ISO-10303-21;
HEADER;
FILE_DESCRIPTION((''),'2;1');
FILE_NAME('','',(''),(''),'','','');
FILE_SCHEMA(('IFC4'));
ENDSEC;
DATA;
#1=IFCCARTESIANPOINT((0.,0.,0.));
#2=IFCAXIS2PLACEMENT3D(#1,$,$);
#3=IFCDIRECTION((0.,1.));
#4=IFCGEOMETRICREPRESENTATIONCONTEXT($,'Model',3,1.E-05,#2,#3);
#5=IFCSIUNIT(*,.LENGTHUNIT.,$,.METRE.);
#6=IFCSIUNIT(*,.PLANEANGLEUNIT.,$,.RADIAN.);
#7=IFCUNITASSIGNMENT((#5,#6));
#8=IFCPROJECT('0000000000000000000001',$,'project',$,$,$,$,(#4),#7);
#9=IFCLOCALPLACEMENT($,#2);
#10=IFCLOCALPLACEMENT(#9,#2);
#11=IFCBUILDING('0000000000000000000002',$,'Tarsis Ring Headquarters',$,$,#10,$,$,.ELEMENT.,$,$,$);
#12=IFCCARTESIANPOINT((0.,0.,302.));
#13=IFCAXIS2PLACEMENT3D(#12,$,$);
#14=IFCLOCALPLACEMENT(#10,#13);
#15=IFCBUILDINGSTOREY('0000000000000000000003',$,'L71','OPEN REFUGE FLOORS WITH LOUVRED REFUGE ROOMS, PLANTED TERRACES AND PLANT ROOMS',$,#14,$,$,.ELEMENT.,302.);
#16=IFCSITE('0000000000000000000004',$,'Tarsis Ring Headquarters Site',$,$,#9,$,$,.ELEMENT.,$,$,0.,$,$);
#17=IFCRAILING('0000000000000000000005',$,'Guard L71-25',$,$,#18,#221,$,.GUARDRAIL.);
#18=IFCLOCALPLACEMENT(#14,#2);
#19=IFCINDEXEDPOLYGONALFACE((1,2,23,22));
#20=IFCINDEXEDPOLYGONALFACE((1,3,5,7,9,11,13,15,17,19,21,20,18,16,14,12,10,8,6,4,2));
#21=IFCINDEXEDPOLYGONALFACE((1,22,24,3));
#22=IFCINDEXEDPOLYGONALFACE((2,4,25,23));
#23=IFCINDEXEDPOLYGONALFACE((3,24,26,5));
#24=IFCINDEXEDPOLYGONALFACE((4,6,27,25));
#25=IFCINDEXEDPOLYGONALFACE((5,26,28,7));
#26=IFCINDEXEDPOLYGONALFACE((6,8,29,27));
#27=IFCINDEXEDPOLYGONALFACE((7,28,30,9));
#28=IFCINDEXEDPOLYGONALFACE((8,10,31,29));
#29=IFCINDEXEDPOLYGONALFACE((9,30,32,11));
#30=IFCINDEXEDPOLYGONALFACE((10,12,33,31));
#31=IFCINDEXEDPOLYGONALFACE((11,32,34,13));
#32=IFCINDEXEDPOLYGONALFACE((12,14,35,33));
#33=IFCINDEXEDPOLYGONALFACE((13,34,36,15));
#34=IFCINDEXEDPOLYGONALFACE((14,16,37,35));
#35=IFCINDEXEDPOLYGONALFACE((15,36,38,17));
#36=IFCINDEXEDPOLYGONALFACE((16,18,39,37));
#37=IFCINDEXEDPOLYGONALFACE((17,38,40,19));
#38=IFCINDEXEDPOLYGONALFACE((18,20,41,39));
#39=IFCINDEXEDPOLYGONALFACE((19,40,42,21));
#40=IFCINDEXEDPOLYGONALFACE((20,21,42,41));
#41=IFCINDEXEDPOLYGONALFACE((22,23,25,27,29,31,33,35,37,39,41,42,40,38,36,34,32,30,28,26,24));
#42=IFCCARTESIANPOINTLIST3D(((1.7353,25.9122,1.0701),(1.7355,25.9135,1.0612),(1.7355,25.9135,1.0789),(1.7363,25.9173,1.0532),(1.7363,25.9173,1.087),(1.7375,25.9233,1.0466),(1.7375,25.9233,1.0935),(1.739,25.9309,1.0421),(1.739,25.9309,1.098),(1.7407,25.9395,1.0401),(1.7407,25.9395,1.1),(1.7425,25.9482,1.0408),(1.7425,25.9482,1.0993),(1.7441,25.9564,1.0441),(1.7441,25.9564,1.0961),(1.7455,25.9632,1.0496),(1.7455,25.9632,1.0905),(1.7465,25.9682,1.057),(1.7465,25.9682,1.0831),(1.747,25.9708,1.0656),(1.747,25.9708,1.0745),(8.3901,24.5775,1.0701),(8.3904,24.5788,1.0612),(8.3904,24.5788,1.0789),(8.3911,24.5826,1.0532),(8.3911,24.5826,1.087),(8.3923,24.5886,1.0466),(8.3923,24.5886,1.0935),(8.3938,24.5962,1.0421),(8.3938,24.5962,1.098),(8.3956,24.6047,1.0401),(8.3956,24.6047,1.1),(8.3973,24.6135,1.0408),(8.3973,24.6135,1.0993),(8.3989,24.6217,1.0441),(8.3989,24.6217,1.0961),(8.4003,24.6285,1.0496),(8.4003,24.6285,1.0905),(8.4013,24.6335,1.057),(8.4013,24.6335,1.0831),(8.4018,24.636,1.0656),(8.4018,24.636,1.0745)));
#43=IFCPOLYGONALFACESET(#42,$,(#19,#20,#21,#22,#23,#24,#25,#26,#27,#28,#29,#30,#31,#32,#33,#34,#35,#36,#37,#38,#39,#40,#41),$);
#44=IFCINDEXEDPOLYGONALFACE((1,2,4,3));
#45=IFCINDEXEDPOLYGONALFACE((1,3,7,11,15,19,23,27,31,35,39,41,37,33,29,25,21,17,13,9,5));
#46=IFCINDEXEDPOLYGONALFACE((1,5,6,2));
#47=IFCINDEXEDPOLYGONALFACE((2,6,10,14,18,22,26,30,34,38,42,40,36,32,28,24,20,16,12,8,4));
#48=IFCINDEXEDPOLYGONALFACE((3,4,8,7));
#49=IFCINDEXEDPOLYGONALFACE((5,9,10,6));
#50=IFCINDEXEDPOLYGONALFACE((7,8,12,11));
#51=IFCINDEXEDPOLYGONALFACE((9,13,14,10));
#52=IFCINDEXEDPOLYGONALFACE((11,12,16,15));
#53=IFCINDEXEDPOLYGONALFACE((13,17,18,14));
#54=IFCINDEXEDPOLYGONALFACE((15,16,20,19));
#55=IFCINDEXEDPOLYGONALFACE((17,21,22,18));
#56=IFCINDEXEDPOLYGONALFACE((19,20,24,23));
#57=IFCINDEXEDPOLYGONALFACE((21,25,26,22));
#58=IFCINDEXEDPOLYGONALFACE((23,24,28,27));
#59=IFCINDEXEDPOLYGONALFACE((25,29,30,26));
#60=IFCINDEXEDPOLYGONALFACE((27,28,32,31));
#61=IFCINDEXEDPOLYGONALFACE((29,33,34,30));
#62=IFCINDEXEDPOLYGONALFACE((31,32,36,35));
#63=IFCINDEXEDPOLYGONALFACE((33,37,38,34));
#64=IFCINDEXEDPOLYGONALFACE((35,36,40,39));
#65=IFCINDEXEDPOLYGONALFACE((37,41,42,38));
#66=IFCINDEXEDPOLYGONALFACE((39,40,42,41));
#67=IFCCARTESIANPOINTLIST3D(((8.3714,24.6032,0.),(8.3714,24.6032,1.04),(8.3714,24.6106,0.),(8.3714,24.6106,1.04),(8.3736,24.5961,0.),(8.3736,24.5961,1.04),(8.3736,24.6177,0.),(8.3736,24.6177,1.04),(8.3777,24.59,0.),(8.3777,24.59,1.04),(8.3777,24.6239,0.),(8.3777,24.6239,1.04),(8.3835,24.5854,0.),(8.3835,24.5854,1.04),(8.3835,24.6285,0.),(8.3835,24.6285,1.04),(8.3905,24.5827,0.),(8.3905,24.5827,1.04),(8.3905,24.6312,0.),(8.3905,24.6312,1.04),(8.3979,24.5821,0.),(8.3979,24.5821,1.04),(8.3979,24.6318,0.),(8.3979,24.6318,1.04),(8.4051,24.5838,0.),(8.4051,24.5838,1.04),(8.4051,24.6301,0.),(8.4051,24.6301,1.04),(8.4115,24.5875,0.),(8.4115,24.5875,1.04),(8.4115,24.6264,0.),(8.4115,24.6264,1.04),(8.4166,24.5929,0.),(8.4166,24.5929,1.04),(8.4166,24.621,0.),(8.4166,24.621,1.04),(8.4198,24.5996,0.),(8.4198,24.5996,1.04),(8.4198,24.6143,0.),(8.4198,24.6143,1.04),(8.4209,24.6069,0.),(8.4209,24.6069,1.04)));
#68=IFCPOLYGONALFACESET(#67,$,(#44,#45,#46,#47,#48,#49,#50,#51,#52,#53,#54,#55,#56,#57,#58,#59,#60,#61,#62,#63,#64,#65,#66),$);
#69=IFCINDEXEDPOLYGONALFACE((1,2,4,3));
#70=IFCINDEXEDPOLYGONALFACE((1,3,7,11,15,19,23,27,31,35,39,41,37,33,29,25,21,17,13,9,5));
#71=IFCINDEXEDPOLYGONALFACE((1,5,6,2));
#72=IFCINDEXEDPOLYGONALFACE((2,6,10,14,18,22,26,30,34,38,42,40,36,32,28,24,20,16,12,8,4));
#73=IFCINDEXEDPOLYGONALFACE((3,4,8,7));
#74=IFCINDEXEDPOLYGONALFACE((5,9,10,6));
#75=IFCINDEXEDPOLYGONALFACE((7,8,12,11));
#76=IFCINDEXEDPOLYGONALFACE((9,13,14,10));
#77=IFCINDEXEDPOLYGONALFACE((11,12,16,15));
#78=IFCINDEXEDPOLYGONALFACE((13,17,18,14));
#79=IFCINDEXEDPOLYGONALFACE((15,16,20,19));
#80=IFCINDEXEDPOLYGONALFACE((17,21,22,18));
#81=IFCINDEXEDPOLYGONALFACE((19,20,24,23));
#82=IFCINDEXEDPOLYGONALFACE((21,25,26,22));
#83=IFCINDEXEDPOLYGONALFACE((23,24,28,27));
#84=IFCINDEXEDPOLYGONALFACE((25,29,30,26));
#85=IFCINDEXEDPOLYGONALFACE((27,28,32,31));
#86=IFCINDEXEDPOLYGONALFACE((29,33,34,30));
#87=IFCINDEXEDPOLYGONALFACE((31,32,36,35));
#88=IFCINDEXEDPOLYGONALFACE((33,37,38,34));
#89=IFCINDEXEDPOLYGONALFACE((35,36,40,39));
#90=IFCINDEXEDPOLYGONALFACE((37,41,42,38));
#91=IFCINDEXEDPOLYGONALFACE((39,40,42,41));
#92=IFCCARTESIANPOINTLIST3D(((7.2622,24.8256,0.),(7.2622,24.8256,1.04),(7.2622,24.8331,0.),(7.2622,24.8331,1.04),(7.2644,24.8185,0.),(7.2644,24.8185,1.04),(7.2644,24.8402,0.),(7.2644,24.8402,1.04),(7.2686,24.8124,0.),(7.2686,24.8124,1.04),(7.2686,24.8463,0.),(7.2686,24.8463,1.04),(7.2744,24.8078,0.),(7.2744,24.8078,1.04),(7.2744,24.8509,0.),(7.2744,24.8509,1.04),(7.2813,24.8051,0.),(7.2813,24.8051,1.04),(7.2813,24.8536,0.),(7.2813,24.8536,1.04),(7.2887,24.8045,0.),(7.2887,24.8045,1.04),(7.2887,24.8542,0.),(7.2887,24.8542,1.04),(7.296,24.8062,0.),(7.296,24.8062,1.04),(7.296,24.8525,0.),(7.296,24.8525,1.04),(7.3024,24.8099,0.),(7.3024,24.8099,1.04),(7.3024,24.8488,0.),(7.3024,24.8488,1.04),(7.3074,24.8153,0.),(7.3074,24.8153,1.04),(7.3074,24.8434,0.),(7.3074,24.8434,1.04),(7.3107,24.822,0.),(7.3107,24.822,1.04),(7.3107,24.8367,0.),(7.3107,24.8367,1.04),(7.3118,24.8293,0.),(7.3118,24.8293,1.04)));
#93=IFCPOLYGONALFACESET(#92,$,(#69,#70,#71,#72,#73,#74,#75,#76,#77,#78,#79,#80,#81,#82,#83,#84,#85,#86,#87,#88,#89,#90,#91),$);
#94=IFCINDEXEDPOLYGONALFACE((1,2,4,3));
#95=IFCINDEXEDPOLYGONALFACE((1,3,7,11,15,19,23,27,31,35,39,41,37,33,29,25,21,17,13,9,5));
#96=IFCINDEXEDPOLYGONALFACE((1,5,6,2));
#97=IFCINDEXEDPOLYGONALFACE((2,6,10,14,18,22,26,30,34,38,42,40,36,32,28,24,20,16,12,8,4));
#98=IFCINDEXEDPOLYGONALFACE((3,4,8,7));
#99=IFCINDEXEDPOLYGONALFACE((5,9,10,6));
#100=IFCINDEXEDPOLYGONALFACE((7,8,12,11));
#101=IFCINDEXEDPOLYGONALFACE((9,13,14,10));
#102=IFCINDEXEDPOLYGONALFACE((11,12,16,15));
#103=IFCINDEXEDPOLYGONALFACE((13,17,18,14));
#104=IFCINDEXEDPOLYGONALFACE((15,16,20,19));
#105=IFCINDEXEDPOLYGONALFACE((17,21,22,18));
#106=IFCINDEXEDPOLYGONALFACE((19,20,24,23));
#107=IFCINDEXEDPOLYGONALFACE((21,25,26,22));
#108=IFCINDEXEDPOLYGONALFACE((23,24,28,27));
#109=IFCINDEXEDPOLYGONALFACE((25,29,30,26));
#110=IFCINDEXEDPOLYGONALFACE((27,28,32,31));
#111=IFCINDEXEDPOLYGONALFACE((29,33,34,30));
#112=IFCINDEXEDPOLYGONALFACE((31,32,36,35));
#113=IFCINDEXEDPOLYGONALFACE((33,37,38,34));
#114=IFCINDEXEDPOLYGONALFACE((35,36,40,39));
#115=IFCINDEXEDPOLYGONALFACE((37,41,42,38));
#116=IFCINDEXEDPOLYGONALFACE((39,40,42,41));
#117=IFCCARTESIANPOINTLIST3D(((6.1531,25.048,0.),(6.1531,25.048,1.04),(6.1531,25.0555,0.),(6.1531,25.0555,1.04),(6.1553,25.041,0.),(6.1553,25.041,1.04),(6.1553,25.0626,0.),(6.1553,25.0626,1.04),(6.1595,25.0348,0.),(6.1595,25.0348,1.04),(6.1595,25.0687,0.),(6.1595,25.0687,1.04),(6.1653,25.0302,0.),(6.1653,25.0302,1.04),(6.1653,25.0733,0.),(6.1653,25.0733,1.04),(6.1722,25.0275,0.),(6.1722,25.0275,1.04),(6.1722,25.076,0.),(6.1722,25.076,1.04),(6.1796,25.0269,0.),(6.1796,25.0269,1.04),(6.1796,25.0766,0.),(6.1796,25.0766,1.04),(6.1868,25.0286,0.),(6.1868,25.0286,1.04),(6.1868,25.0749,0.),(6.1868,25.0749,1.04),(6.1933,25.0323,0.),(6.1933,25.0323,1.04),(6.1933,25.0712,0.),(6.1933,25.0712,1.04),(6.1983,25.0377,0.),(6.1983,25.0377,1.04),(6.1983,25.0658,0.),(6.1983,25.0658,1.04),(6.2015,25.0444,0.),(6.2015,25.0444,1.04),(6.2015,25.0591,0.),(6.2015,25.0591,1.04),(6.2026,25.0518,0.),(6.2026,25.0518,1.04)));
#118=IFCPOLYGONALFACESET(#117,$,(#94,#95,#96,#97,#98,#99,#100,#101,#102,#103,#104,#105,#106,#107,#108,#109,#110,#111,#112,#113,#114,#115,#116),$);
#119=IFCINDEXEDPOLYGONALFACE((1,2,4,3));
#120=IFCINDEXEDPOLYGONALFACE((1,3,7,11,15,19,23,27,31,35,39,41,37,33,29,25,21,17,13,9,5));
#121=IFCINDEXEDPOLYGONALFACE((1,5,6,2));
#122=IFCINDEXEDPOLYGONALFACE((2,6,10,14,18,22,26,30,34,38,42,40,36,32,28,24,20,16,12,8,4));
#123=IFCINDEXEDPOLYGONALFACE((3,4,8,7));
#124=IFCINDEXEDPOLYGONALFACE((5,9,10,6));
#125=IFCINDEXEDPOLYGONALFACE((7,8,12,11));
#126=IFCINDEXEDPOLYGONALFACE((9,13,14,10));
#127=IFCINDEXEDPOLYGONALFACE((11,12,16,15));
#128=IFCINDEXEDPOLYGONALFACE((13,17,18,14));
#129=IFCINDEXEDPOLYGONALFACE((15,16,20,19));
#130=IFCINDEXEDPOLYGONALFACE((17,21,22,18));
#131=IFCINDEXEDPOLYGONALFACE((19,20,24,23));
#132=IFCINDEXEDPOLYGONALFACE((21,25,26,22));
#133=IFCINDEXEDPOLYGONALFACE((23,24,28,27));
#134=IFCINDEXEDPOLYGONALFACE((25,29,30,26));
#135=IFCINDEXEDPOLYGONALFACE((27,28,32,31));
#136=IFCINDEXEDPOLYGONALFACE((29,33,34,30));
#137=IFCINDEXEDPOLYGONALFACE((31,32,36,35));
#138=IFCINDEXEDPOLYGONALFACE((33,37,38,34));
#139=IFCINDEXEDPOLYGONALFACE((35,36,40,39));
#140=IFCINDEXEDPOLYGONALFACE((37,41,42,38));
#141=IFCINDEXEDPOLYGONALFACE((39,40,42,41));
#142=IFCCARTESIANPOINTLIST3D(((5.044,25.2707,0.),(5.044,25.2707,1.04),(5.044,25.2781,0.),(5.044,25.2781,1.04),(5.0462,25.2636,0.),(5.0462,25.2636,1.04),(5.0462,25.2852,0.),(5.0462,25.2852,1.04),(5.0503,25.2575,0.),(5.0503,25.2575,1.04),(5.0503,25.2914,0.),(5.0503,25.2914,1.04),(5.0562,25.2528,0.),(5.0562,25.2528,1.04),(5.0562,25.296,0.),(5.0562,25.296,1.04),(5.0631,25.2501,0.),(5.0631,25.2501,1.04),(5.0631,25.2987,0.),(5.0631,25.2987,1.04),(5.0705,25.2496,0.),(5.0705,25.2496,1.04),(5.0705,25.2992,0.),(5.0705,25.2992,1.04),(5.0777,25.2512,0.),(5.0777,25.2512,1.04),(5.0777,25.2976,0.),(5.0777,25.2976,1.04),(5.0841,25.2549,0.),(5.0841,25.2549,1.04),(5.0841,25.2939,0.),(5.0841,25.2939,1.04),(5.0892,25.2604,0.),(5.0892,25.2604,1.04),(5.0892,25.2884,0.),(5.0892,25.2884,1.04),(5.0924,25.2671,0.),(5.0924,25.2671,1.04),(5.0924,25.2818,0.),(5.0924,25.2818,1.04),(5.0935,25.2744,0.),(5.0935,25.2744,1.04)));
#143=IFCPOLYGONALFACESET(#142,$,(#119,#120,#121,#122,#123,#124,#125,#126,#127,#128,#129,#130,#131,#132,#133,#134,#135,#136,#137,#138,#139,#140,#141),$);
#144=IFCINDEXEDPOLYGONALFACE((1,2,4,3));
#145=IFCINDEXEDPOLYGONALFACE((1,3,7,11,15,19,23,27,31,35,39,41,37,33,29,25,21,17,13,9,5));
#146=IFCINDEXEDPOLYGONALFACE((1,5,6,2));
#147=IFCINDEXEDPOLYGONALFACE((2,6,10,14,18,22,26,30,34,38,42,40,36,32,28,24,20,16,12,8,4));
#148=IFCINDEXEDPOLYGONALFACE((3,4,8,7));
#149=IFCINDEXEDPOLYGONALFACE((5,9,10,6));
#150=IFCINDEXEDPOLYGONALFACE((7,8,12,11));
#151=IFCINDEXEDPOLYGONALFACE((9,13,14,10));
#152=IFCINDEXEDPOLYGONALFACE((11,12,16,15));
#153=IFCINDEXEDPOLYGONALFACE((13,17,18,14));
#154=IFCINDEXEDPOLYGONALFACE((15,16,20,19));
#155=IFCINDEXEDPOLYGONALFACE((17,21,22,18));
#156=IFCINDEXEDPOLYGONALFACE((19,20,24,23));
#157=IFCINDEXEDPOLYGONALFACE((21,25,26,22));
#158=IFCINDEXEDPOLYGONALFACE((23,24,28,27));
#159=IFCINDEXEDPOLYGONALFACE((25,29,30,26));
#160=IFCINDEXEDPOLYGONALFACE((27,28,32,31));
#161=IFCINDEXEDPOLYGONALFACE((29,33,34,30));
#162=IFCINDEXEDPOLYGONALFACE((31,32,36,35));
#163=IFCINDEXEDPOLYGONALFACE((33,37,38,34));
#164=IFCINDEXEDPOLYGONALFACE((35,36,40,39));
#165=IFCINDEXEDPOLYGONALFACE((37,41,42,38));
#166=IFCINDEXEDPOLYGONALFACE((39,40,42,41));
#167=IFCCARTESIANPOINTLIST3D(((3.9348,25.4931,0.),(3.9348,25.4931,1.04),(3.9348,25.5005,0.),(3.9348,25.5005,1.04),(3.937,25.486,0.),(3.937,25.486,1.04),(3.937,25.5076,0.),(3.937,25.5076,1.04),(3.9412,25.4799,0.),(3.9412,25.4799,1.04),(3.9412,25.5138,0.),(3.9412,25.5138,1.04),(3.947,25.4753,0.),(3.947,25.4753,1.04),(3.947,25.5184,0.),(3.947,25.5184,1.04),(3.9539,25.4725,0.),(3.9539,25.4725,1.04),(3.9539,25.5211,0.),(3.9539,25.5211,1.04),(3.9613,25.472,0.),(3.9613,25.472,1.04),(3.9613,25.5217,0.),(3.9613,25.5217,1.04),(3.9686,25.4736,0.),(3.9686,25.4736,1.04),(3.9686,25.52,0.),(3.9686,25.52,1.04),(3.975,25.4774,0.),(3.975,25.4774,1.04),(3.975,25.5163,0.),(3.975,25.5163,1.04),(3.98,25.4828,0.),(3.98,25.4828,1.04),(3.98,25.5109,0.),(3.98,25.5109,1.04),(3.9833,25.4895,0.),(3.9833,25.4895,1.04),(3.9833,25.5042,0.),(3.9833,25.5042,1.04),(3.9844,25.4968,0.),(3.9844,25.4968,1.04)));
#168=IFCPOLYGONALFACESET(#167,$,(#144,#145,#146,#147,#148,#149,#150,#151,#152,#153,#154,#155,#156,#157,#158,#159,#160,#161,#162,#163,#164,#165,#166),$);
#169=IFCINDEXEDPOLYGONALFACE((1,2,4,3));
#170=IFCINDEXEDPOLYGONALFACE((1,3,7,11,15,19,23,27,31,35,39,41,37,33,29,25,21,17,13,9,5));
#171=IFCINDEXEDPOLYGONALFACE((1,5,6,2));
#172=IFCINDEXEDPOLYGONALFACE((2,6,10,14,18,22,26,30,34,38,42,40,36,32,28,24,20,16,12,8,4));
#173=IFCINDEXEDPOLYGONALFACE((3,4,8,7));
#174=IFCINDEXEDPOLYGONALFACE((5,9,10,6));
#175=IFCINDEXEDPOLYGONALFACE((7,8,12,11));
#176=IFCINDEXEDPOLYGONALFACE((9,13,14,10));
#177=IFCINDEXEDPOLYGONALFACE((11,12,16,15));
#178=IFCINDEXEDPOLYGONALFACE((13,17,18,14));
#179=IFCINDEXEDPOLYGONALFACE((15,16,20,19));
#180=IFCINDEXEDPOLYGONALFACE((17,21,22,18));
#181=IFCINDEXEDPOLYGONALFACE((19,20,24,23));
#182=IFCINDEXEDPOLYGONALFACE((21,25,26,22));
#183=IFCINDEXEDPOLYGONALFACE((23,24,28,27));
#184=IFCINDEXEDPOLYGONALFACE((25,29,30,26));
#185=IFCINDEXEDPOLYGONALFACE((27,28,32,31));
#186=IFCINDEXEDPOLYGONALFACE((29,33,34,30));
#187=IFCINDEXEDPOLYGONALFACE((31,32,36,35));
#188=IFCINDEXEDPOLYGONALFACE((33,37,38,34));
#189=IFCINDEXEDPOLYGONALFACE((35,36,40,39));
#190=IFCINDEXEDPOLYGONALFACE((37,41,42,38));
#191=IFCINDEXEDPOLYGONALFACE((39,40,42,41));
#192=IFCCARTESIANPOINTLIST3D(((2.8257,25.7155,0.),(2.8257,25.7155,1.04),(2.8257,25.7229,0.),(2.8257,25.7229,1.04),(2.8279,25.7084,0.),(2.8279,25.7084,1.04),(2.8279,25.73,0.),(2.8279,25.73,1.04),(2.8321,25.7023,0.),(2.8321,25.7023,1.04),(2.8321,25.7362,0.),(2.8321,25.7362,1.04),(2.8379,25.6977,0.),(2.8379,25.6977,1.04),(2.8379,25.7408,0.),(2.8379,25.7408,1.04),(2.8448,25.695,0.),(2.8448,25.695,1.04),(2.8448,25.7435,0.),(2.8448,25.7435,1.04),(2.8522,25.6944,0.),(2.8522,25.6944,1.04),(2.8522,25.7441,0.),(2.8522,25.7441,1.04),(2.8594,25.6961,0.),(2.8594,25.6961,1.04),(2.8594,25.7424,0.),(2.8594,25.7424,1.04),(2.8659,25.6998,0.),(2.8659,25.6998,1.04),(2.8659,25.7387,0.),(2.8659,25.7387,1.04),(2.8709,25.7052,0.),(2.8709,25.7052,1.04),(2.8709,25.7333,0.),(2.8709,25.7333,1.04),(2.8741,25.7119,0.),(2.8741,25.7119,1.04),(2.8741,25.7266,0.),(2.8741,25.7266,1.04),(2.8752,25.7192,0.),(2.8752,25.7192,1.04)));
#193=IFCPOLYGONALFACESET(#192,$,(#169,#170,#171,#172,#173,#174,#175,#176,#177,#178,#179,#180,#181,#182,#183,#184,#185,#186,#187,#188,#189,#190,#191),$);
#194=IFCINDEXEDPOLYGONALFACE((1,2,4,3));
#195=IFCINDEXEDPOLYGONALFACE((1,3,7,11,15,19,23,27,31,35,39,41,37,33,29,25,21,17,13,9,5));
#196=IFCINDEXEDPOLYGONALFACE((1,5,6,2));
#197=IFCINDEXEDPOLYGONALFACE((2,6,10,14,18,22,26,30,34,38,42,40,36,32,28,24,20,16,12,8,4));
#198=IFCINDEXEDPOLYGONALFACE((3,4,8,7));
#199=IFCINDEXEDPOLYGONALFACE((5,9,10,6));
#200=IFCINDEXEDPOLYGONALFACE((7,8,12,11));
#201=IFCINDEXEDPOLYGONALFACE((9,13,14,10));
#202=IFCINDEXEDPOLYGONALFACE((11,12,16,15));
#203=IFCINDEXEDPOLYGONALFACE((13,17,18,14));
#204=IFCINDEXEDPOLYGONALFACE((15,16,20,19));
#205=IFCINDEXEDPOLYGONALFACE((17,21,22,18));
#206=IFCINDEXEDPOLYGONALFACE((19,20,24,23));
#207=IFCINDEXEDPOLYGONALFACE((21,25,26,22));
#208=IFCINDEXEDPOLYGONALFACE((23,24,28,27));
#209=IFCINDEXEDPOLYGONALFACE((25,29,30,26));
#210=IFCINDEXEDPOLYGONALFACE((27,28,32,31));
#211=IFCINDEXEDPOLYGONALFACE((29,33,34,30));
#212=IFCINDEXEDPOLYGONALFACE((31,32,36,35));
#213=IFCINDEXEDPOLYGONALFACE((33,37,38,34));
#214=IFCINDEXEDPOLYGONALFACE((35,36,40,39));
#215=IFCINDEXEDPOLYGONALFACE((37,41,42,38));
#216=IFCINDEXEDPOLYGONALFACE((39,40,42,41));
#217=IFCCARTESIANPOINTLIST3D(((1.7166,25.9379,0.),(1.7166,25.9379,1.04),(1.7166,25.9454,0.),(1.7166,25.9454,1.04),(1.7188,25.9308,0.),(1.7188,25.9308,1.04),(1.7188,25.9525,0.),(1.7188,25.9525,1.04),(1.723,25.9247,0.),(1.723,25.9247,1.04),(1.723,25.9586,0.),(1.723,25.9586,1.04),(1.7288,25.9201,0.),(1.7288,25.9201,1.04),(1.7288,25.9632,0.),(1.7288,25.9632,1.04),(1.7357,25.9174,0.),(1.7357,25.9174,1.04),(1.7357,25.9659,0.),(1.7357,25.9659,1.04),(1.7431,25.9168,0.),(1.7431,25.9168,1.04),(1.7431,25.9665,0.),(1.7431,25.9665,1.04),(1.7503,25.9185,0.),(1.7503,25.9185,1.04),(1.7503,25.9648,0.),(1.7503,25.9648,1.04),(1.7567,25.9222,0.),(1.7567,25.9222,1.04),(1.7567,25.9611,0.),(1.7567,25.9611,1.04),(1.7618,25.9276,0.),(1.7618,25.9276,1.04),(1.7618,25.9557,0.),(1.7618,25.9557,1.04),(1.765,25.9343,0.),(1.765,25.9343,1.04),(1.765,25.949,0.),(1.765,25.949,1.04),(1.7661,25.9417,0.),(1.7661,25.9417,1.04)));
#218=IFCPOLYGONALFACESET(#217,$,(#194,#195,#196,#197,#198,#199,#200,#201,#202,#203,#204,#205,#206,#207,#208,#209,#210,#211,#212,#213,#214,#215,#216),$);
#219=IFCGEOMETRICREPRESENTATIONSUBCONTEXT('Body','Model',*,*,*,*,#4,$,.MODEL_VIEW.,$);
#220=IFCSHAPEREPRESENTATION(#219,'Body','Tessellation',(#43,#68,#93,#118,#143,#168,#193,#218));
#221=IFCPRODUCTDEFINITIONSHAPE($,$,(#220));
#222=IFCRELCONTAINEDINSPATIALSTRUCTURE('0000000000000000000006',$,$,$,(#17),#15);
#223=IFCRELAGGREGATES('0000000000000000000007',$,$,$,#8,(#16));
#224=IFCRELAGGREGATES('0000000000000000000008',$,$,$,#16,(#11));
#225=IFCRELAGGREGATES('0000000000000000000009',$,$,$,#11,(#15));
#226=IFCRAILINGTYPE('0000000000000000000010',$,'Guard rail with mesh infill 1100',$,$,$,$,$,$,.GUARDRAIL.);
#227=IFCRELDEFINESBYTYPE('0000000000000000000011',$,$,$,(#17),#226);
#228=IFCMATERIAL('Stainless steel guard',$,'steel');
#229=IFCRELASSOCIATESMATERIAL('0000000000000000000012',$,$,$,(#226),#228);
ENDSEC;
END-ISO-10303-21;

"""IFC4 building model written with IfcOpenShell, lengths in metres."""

from ifc_helpers import new_model, si_unit, direction, frame, origin, origin_2d, place, context, subcontext, project, spatial, circle, extrude, material, type_object, element, save


model = new_model("IFC4")

# Units and contexts
model_context = context("Model", 3, precision=1e-05, world=origin(), true_north=direction((0.0, 1.0)))
body_context = subcontext(model_context, "Body", "Model", "MODEL_VIEW")
ifc_project = project(units=[si_unit("LENGTHUNIT", "METRE"), si_unit("PLANEANGLEUNIT", "RADIAN")], contexts=[model_context])

# Site, building, storey
site_placement = place(None, origin())
site = spatial("IfcSite", under=ifc_project, at=site_placement, Name="Tarsis Ring Headquarters Site", CompositionType="ELEMENT", RefElevation=0.0)
building_placement = place(site_placement, origin())
building = spatial("IfcBuilding", under=site, at=building_placement, Name="Tarsis Ring Headquarters", CompositionType="ELEMENT")
storey_placement = place(building_placement, frame((0.0, 0.0, 302.0)))
storey = spatial("IfcBuildingStorey", under=building, at=storey_placement, Name="L71", Description="OPEN REFUGE FLOORS WITH LOUVRED REFUGE ROOMS, PLANTED TERRACES AND PLANT ROOMS", CompositionType="ELEMENT", Elevation=302.0)

# Railing
ifc_material_1 = material(Name="Stainless steel guard", Category="steel")
railing_type = type_object("IfcRailingType", Name="Guard rail with mesh infill 1100", PredefinedType="GUARDRAIL", material=ifc_material_1)
railing_1_placement = place(storey_placement, frame((8.396, 24.6069, 0.0)))
element("IfcRailing", 1, at=railing_1_placement, inside=storey, type_object=railing_type, Name="Guard L71-25", PredefinedType="GUARDRAIL", context=body_context, shape_type="SweptSolid", body=[
    extrude(circle(Radius=0.03, at=origin_2d()), frame((0.0, 0.0, 1.0701), z_axis=(-0.980474, 0.196649, 0.0), x_axis=(-0.196649, -0.980474, 0.0)), (0.0, 0.0, 1.0), 6.7874),
    extrude(circle(Radius=0.0249, at=origin_2d()), origin(), (0.0, 0.0, 1.0), 1.04),
    extrude(circle(Radius=0.0249, at=origin_2d()), frame((-1.1091, 0.2224, 0.0)), (0.0, 0.0, 1.0), 1.04),
    extrude(circle(Radius=0.0249, at=origin_2d()), frame((-2.2183, 0.4448, 0.0)), (0.0, 0.0, 1.0), 1.04),
    extrude(circle(Radius=0.0249, at=origin_2d()), frame((-3.3274, 0.6675, 0.0)), (0.0, 0.0, 1.0), 1.04),
    extrude(circle(Radius=0.0249, at=origin_2d()), frame((-4.4365, 0.8899, 0.0)), (0.0, 0.0, 1.0), 1.04),
    extrude(circle(Radius=0.0249, at=origin_2d()), frame((-5.5457, 1.1123, 0.0)), (0.0, 0.0, 1.0), 1.04),
    extrude(circle(Radius=0.0249, at=origin_2d()), frame((-6.6548, 1.3347, 0.0)), (0.0, 0.0, 1.0), 1.04),
])

save(model, "model.ifc")
